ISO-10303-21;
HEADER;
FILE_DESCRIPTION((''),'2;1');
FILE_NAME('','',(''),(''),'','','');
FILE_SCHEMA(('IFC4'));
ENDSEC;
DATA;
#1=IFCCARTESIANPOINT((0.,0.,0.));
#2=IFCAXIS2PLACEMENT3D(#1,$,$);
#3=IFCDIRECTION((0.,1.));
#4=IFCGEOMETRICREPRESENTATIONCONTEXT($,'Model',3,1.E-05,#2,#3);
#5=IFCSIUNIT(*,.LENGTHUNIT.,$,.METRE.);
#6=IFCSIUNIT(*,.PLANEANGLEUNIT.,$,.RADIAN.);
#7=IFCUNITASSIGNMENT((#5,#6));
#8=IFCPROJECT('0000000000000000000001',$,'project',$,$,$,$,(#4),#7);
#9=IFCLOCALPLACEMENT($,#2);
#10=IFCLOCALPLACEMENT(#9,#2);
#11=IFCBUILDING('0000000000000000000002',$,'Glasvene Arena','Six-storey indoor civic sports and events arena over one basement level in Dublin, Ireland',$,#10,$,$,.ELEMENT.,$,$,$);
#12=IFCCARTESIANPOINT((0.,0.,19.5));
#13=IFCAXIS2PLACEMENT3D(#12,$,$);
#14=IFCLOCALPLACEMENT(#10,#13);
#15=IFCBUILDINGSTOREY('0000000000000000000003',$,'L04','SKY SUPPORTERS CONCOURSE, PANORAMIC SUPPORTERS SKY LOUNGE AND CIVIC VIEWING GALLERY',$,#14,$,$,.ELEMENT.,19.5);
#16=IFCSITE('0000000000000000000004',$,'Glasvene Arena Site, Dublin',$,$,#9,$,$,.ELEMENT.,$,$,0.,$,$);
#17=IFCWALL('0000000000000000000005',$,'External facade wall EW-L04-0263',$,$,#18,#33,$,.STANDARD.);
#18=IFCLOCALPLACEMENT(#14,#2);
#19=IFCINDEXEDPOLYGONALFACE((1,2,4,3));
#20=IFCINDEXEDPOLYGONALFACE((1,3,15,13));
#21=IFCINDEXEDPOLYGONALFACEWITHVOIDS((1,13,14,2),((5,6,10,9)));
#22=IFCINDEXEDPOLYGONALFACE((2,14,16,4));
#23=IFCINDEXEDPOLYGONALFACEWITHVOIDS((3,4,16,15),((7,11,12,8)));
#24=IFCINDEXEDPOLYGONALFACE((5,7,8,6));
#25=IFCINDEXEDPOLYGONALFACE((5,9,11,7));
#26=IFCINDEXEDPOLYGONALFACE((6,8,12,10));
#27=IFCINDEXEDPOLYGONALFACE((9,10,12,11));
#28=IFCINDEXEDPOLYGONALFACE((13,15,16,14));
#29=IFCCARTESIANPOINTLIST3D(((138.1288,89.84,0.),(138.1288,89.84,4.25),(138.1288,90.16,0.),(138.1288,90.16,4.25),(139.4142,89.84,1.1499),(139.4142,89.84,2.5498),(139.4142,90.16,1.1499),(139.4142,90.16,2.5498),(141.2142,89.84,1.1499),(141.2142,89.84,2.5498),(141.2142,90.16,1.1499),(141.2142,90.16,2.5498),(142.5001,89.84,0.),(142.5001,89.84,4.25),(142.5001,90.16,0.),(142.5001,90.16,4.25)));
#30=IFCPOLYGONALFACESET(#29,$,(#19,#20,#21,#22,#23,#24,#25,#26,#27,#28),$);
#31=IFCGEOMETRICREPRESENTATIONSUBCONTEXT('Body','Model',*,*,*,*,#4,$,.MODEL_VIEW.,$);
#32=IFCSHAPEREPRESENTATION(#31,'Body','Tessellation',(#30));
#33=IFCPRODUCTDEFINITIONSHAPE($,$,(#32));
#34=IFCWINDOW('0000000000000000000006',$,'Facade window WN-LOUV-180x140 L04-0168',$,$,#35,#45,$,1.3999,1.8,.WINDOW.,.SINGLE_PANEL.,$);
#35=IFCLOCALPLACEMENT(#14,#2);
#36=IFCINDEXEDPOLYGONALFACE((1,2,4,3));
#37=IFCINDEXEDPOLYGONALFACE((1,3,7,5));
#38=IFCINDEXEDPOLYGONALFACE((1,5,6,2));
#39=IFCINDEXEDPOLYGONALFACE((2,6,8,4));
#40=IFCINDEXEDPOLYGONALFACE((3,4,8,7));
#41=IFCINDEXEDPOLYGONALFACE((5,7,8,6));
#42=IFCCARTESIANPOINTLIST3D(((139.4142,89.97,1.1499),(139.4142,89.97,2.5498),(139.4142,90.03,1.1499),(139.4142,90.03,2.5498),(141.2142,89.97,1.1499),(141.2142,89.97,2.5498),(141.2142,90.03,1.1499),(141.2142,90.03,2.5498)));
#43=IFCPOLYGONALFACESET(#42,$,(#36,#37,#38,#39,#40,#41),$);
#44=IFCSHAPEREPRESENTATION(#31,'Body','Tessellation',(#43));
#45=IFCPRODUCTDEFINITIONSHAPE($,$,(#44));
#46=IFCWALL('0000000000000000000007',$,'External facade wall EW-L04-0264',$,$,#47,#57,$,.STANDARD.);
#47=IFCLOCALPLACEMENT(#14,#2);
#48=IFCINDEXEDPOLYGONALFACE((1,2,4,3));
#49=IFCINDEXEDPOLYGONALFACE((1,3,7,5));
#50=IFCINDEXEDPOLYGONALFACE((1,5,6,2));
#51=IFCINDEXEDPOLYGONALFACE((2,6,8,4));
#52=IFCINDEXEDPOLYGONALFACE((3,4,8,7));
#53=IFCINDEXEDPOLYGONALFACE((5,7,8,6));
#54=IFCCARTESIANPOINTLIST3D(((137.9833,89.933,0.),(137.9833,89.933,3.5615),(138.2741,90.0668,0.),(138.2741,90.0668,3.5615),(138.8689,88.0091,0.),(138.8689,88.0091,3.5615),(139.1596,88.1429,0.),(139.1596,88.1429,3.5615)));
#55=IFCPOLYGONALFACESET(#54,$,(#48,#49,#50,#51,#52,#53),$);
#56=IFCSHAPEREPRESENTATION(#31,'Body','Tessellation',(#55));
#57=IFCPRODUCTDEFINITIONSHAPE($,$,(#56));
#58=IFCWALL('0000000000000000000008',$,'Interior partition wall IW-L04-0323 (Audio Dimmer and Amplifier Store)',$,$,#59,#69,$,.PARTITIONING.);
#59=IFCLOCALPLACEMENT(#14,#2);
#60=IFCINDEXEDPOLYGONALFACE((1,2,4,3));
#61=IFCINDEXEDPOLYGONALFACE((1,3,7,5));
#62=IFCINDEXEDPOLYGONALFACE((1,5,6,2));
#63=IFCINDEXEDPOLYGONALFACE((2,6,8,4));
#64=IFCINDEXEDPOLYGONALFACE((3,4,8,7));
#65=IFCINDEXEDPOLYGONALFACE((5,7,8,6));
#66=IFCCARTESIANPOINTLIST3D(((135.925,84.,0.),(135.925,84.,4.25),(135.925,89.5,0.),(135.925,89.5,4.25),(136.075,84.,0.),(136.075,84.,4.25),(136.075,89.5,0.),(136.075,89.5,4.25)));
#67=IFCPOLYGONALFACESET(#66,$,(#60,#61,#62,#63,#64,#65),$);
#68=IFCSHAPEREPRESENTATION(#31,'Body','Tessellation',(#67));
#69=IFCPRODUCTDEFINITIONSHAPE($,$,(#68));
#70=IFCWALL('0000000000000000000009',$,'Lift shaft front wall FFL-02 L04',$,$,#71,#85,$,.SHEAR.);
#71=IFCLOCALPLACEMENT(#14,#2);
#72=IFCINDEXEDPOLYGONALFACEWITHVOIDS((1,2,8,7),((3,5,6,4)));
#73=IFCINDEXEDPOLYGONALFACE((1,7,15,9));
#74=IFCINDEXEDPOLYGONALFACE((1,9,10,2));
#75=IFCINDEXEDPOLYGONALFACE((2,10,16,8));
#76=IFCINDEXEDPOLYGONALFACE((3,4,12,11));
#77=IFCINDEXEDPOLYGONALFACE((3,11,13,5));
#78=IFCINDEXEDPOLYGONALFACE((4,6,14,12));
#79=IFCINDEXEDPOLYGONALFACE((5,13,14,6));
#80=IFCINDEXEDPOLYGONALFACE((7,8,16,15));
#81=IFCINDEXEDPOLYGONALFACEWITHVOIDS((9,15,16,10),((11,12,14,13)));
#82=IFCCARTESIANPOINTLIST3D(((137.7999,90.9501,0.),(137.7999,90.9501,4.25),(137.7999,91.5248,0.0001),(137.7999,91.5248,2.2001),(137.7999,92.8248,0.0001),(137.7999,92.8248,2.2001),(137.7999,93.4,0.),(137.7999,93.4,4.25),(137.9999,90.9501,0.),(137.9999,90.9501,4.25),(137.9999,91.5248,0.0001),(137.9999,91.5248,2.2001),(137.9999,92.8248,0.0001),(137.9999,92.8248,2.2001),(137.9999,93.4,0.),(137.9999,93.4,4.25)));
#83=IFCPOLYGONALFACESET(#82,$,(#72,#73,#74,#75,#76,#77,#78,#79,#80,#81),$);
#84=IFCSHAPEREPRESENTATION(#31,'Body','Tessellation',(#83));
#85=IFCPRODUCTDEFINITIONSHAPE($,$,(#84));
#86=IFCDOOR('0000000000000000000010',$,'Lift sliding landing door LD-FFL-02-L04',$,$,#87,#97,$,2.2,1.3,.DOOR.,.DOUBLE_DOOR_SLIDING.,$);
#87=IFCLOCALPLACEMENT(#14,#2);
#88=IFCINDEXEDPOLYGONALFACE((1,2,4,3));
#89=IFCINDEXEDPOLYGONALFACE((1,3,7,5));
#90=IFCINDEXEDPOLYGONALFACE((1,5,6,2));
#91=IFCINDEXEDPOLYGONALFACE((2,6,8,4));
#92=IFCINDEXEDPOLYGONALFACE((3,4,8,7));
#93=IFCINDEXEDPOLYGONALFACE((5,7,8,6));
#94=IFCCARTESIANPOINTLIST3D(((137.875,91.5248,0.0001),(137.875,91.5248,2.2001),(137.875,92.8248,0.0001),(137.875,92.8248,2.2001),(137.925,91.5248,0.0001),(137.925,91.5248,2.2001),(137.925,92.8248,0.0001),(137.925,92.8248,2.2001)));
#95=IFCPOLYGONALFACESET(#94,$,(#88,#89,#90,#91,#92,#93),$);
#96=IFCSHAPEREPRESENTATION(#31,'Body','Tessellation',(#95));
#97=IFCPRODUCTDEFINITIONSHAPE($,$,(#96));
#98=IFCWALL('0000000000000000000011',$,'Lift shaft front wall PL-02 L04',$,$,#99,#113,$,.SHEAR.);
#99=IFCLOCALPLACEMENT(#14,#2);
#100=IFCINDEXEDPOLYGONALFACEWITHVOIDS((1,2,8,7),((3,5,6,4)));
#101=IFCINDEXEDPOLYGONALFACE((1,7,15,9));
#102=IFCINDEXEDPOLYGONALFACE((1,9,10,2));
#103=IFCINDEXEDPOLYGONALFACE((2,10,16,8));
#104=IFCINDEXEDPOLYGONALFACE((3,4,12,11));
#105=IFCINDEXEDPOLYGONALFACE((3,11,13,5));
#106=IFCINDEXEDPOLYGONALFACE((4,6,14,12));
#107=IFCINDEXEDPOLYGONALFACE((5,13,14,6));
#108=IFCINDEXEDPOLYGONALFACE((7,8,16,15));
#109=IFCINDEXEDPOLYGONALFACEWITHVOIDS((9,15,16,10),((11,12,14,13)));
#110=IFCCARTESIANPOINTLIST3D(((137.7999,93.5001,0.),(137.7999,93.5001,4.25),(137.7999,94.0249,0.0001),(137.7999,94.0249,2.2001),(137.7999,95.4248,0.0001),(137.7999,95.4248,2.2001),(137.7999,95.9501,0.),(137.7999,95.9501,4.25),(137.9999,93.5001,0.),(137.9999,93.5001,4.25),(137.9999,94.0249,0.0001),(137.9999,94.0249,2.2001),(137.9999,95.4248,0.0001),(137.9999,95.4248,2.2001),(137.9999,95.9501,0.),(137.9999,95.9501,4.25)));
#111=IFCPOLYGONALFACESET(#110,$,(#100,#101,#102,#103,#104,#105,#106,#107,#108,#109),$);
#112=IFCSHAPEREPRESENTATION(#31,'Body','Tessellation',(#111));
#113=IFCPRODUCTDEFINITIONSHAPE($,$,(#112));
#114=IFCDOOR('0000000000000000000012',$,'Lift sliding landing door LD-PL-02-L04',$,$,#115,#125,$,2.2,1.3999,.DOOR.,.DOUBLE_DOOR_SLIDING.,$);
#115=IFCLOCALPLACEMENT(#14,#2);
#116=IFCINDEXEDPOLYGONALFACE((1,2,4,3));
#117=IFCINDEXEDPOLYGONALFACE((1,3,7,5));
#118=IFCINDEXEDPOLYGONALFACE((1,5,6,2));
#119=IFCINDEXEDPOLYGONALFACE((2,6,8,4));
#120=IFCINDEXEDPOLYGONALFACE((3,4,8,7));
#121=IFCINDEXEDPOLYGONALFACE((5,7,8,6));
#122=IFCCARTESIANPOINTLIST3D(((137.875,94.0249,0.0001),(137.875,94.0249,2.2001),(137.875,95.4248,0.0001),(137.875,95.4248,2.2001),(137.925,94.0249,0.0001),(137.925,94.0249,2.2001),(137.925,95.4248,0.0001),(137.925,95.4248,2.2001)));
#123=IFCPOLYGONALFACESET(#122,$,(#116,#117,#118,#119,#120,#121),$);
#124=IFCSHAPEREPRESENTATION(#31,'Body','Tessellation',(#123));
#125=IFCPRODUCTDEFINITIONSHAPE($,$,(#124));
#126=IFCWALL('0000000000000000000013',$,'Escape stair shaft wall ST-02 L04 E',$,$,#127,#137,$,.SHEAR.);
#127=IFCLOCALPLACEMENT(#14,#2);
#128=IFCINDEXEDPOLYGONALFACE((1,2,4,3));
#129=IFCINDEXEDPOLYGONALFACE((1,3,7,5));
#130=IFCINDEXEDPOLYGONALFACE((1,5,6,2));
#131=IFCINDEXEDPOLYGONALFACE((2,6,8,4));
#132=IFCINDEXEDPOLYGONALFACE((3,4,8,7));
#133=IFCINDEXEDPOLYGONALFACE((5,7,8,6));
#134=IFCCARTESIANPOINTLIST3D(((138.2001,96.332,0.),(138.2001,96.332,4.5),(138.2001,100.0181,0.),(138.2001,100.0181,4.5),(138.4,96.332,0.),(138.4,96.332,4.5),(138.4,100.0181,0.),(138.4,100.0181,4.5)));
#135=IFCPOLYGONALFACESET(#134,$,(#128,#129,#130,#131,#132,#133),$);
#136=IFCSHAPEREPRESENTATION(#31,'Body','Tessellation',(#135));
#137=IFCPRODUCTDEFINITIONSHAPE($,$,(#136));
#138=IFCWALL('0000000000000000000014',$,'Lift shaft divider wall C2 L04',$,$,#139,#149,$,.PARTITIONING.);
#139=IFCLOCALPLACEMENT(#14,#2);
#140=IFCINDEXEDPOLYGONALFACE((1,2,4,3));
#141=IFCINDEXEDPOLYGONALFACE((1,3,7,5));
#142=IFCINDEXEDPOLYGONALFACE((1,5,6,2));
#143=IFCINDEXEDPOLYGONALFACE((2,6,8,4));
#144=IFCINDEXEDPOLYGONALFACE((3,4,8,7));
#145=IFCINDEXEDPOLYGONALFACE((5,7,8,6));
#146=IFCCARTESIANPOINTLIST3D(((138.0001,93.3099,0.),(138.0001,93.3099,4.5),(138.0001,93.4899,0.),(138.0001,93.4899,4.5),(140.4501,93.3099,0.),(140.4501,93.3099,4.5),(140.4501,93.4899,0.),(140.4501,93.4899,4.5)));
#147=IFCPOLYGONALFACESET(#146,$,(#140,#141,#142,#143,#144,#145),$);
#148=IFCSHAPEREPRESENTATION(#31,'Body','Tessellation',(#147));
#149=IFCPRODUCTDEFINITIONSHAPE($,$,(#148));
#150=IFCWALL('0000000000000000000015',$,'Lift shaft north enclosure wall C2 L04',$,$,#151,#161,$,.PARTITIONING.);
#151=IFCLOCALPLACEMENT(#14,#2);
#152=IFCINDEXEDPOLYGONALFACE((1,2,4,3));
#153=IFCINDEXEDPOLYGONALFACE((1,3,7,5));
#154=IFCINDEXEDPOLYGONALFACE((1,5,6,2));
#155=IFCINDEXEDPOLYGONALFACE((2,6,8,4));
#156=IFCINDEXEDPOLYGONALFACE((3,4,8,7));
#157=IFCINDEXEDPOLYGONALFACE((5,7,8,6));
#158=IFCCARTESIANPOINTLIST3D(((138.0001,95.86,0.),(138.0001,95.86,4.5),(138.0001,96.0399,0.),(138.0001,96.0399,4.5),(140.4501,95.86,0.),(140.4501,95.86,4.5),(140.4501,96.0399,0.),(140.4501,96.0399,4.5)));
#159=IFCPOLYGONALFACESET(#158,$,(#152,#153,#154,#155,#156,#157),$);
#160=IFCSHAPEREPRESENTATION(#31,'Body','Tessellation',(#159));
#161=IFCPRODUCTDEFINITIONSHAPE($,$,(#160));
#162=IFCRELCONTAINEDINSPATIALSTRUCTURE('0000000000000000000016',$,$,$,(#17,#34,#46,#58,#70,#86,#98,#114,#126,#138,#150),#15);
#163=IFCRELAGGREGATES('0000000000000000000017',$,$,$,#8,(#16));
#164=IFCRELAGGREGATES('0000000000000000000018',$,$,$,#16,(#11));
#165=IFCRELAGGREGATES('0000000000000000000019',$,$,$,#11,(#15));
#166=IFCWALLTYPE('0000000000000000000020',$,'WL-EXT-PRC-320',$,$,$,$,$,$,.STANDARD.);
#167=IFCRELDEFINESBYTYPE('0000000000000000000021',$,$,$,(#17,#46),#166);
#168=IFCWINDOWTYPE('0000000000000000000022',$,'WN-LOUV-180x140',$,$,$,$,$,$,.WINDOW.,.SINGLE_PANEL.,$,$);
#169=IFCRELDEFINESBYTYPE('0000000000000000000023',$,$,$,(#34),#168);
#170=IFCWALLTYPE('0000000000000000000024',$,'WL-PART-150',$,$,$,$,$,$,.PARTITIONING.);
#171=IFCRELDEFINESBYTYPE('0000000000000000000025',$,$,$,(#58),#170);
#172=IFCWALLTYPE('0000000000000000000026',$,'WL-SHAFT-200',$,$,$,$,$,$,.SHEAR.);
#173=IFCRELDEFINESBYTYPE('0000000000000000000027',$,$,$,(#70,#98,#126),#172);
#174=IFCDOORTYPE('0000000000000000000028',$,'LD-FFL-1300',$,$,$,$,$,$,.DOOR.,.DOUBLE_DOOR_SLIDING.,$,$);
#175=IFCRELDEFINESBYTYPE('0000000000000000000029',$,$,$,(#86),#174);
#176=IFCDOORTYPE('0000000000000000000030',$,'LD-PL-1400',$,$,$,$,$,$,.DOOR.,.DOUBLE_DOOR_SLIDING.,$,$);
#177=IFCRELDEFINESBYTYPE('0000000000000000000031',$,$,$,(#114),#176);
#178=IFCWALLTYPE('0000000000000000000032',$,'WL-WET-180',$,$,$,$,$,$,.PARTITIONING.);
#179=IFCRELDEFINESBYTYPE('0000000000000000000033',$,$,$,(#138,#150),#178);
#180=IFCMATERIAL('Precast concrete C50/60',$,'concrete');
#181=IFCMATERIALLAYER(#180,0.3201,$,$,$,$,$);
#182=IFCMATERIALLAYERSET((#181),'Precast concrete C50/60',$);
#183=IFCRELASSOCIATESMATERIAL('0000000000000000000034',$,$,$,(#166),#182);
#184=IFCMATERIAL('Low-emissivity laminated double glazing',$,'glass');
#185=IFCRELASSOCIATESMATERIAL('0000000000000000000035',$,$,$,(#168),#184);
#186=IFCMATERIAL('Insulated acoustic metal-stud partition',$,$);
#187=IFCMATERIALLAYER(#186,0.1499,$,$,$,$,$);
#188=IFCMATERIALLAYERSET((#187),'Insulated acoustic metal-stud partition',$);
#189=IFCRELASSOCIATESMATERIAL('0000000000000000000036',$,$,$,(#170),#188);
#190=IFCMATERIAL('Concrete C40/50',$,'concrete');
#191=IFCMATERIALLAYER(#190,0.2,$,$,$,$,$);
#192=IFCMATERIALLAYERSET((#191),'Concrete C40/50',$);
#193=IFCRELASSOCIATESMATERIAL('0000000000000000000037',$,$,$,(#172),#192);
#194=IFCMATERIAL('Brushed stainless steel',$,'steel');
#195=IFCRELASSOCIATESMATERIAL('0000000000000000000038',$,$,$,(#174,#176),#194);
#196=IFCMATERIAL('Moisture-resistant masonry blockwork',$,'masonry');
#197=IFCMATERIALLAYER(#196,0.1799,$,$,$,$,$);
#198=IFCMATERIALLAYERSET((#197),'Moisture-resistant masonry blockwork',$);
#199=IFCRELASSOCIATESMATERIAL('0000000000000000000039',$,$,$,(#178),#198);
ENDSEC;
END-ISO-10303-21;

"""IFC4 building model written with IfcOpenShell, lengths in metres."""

from ifc_helpers import new_model, si_unit, direction, frame, frame_2d, origin, place, context, subcontext, project, spatial, rectangle, extrude, material, layer, layer_set, type_object, element, fill, save


model = new_model("IFC4")

# Units and contexts
model_context = context("Model", 3, precision=1e-05, world=origin(), true_north=direction((0.0, 1.0)))
body_context = subcontext(model_context, "Body", "Model", "MODEL_VIEW")
ifc_project = project(units=[si_unit("LENGTHUNIT", "METRE"), si_unit("PLANEANGLEUNIT", "RADIAN")], contexts=[model_context])

# Site, building, storey
site_placement = place(None, origin())
site = spatial("IfcSite", under=ifc_project, at=site_placement, Name="Glasvene Arena Site, Dublin", CompositionType="ELEMENT", RefElevation=0.0)
building_placement = place(site_placement, origin())
building = spatial("IfcBuilding", under=site, at=building_placement, Name="Glasvene Arena", Description="Six-storey indoor civic sports and events arena over one basement level in Dublin, Ireland", CompositionType="ELEMENT")
storey_placement = place(building_placement, frame((0.0, 0.0, 19.5)))
storey = spatial("IfcBuildingStorey", under=building, at=storey_placement, Name="L04", Description="SKY SUPPORTERS CONCOURSE, PANORAMIC SUPPORTERS SKY LOUNGE AND CIVIC VIEWING GALLERY", CompositionType="ELEMENT", Elevation=19.5)

# Shared definitions
ifc_material_1 = material(Name="Concrete C40/50", Category="concrete")

# Wall, opening, window
ifc_material_2 = material(Name="Precast concrete C50/60", Category="concrete")
ifc_layer_1 = layer(ifc_material_2, 0.3201)
ifc_layer_set_1 = layer_set([ifc_layer_1], Name="Precast concrete C50/60")
wall_type_1 = type_object("IfcWallType", Name="WL-EXT-PRC-320", PredefinedType="STANDARD", material=ifc_layer_set_1)
ifc_material_3 = material(Name="Low-emissivity laminated double glazing", Category="glass")
wall_1_placement = place(storey_placement, frame((142.5, 90.0, 0.0), z_axis=(0.0, 0.0, 1.0), x_axis=(-1.0, 0.0, 0.0)))
wall_1 = element("IfcWall", 1, at=wall_1_placement, inside=storey, type_object=wall_type_1, Name="External facade wall EW-L04-0263", PredefinedType="STANDARD", context=body_context, shape_type="SweptSolid", body=[
    extrude(rectangle(XDim=4.3713, YDim=0.3201, at=frame_2d((2.1855, 0.0))), origin(), (0.0, 0.0, 1.0), 4.25),
])
opening_1_placement = place(wall_1_placement, frame((1.2859, 0.0, 1.1499)))
opening_1 = element("IfcOpeningElement", 2, at=opening_1_placement, cuts=wall_1, PredefinedType="OPENING", context=body_context, shape_type="SweptSolid", body=[
    extrude(rectangle(XDim=1.8, YDim=1.3999, at=frame_2d((0.8999, 0.7))), frame((0.0, 0.1699, 0.0), z_axis=(0.0, -1.0, 0.0), x_axis=(1.0, 0.0, 0.0)), (0.0, 0.0, 1.0), 0.3401),
])
window_type_1 = type_object("IfcWindowType", Name="WN-LOUV-180x140", PartitioningType="SINGLE_PANEL", PredefinedType="WINDOW", material=ifc_material_3)
window_1_placement = place(opening_1_placement, origin())
window_1 = element("IfcWindow", 3, at=window_1_placement, inside=storey, type_object=window_type_1, Name="Facade window WN-LOUV-180x140 L04-0168", OverallHeight=1.3999, OverallWidth=1.8, PartitioningType="SINGLE_PANEL", PredefinedType="WINDOW", context=body_context, shape_type="SweptSolid", body=[
    extrude(rectangle(XDim=1.8, YDim=1.3999, at=frame_2d((0.8999, 0.7))), frame((0.0, 0.03, 0.0), z_axis=(0.0, -1.0, 0.0), x_axis=(1.0, 0.0, 0.0)), (0.0, 0.0, 1.0), 0.0601),
])
fill(opening_1, window_1)

# Walls
wall_2_placement = place(storey_placement, frame((138.1287, 90.0, 0.0), z_axis=(0.0, 0.0, 1.0), x_axis=(0.418115, -0.908394, 0.0)))
element("IfcWall", 4, at=wall_2_placement, inside=storey, type_object=wall_type_1, Name="External facade wall EW-L04-0264", PredefinedType="STANDARD", context=body_context, shape_type="SweptSolid", body=[
    extrude(rectangle(XDim=2.1179, YDim=0.3201, at=frame_2d((1.0591, 0.0))), origin(), (0.0, 0.0, 1.0), 3.5615),
])
ifc_material_4 = material(Name="Insulated acoustic metal-stud partition")
ifc_layer_2 = layer(ifc_material_4, 0.1499)
ifc_layer_set_2 = layer_set([ifc_layer_2], Name="Insulated acoustic metal-stud partition")
wall_type_2 = type_object("IfcWallType", Name="WL-PART-150", PredefinedType="PARTITIONING", material=ifc_layer_set_2)
wall_3_placement = place(storey_placement, frame((136.0, 89.5, 0.0), z_axis=(0.0, 0.0, 1.0), x_axis=(0.0, -1.0, 0.0)))
element("IfcWall", 5, at=wall_3_placement, inside=storey, type_object=wall_type_2, Name="Interior partition wall IW-L04-0323 (Audio Dimmer and Amplifier Store)", PredefinedType="PARTITIONING", context=body_context, shape_type="SweptSolid", body=[
    extrude(rectangle(XDim=5.5, YDim=0.1499, at=frame_2d((2.75, 0.0))), origin(), (0.0, 0.0, 1.0), 4.25),
])

# Walls, openings, doors
ifc_layer_3 = layer(ifc_material_1, 0.2)
ifc_layer_set_3 = layer_set([ifc_layer_3], Name="Concrete C40/50")
wall_type_3 = type_object("IfcWallType", Name="WL-SHAFT-200", PredefinedType="SHEAR", material=ifc_layer_set_3)
wall_4_placement = place(storey_placement, frame((137.8999, 90.95, 0.0), z_axis=(0.0, 0.0, 1.0), x_axis=(0.0, 1.0, 0.0)))
wall_4 = element("IfcWall", 6, at=wall_4_placement, inside=storey, type_object=wall_type_3, Name="Lift shaft front wall FFL-02 L04", PredefinedType="SHEAR", context=body_context, shape_type="SweptSolid", body=[
    extrude(rectangle(XDim=2.45, YDim=0.2, at=frame_2d((1.2251, 0.0))), origin(), (0.0, 0.0, 1.0), 4.25),
])
opening_2_placement = place(wall_4_placement, frame((0.575, 0.0, 0.0)))
opening_2 = element("IfcOpeningElement", 7, at=opening_2_placement, cuts=wall_4, PredefinedType="OPENING", context=body_context, shape_type="SweptSolid", body=[
    extrude(rectangle(XDim=1.3, YDim=2.2, at=frame_2d((0.6499, 1.1001))), frame((0.0, 0.1099, 0.0), z_axis=(0.0, -1.0, 0.0), x_axis=(1.0, 0.0, 0.0)), (0.0, 0.0, 1.0), 0.22),
])
ifc_material_5 = material(Name="Brushed stainless steel", Category="steel")
door_type_1 = type_object("IfcDoorType", Name="LD-FFL-1300", OperationType="DOUBLE_DOOR_SLIDING", PredefinedType="DOOR", material=ifc_material_5)
door_1_placement = place(opening_2_placement, origin())
door_1 = element("IfcDoor", 8, at=door_1_placement, inside=storey, type_object=door_type_1, Name="Lift sliding landing door LD-FFL-02-L04", OperationType="DOUBLE_DOOR_SLIDING", OverallHeight=2.2, OverallWidth=1.3, PredefinedType="DOOR", context=body_context, shape_type="SweptSolid", body=[
    extrude(rectangle(XDim=1.3, YDim=2.2, at=frame_2d((0.6499, 1.1001))), frame((0.0, 0.0249, 0.0), z_axis=(0.0, -1.0, 0.0), x_axis=(1.0, 0.0, 0.0)), (0.0, 0.0, 1.0), 0.05),
])
fill(opening_2, door_1)
wall_5_placement = place(storey_placement, frame((137.8999, 93.5, 0.0), z_axis=(0.0, 0.0, 1.0), x_axis=(0.0, 1.0, 0.0)))
wall_5 = element("IfcWall", 9, at=wall_5_placement, inside=storey, type_object=wall_type_3, Name="Lift shaft front wall PL-02 L04", PredefinedType="SHEAR", context=body_context, shape_type="SweptSolid", body=[
    extrude(rectangle(XDim=2.45, YDim=0.2, at=frame_2d((1.2251, 0.0))), origin(), (0.0, 0.0, 1.0), 4.25),
])
opening_3_placement = place(wall_5_placement, frame((0.5249, 0.0, 0.0)))
opening_3 = element("IfcOpeningElement", 10, at=opening_3_placement, cuts=wall_5, PredefinedType="OPENING", context=body_context, shape_type="SweptSolid", body=[
    extrude(rectangle(XDim=1.3999, YDim=2.2, at=frame_2d((0.7, 1.1001))), frame((0.0, 0.1099, 0.0), z_axis=(0.0, -1.0, 0.0), x_axis=(1.0, 0.0, 0.0)), (0.0, 0.0, 1.0), 0.22),
])
door_type_2 = type_object("IfcDoorType", Name="LD-PL-1400", OperationType="DOUBLE_DOOR_SLIDING", PredefinedType="DOOR", material=ifc_material_5)
door_2_placement = place(opening_3_placement, origin())
door_2 = element("IfcDoor", 11, at=door_2_placement, inside=storey, type_object=door_type_2, Name="Lift sliding landing door LD-PL-02-L04", OperationType="DOUBLE_DOOR_SLIDING", OverallHeight=2.2, OverallWidth=1.3999, PredefinedType="DOOR", context=body_context, shape_type="SweptSolid", body=[
    extrude(rectangle(XDim=1.3999, YDim=2.2, at=frame_2d((0.7, 1.1001))), frame((0.0, 0.0249, 0.0), z_axis=(0.0, -1.0, 0.0), x_axis=(1.0, 0.0, 0.0)), (0.0, 0.0, 1.0), 0.05),
])
fill(opening_3, door_2)

# Walls
wall_6_placement = place(storey_placement, frame((138.3, 96.332, 0.0), z_axis=(0.0, 0.0, 1.0), x_axis=(0.0, 1.0, 0.0)))
element("IfcWall", 12, at=wall_6_placement, inside=storey, type_object=wall_type_3, Name="Escape stair shaft wall ST-02 L04 E", PredefinedType="SHEAR", context=body_context, shape_type="SweptSolid", body=[
    extrude(rectangle(XDim=3.686, YDim=0.2, at=frame_2d((1.843, 0.0))), origin(), (0.0, 0.0, 1.0), 4.5),
])
ifc_material_6 = material(Name="Moisture-resistant masonry blockwork", Category="masonry")
ifc_layer_4 = layer(ifc_material_6, 0.1799)
ifc_layer_set_4 = layer_set([ifc_layer_4], Name="Moisture-resistant masonry blockwork")
wall_type_4 = type_object("IfcWallType", Name="WL-WET-180", PredefinedType="PARTITIONING", material=ifc_layer_set_4)
for number, where, z_axis, x_axis, name in (
    (13, (138.0, 93.3999, 0.0), (0.0, 0.0, 1.0), (1.0, 0.0, 0.0), "Lift shaft divider wall C2 L04"),
    (14, (138.0, 95.95, 0.0), (0.0, 0.0, 1.0), (1.0, 0.0, 0.0), "Lift shaft north enclosure wall C2 L04"),
):
    element("IfcWall", number, at=place(storey_placement, frame(where, z_axis=z_axis, x_axis=x_axis)), inside=storey, type_object=wall_type_4, Name=name, PredefinedType="PARTITIONING", context=body_context, shape_type="SweptSolid", body=[
        extrude(rectangle(XDim=2.45, YDim=0.1799, at=frame_2d((1.2251, 0.0))), origin(), (0.0, 0.0, 1.0), 4.5),
    ])

save(model, "model.ifc")
